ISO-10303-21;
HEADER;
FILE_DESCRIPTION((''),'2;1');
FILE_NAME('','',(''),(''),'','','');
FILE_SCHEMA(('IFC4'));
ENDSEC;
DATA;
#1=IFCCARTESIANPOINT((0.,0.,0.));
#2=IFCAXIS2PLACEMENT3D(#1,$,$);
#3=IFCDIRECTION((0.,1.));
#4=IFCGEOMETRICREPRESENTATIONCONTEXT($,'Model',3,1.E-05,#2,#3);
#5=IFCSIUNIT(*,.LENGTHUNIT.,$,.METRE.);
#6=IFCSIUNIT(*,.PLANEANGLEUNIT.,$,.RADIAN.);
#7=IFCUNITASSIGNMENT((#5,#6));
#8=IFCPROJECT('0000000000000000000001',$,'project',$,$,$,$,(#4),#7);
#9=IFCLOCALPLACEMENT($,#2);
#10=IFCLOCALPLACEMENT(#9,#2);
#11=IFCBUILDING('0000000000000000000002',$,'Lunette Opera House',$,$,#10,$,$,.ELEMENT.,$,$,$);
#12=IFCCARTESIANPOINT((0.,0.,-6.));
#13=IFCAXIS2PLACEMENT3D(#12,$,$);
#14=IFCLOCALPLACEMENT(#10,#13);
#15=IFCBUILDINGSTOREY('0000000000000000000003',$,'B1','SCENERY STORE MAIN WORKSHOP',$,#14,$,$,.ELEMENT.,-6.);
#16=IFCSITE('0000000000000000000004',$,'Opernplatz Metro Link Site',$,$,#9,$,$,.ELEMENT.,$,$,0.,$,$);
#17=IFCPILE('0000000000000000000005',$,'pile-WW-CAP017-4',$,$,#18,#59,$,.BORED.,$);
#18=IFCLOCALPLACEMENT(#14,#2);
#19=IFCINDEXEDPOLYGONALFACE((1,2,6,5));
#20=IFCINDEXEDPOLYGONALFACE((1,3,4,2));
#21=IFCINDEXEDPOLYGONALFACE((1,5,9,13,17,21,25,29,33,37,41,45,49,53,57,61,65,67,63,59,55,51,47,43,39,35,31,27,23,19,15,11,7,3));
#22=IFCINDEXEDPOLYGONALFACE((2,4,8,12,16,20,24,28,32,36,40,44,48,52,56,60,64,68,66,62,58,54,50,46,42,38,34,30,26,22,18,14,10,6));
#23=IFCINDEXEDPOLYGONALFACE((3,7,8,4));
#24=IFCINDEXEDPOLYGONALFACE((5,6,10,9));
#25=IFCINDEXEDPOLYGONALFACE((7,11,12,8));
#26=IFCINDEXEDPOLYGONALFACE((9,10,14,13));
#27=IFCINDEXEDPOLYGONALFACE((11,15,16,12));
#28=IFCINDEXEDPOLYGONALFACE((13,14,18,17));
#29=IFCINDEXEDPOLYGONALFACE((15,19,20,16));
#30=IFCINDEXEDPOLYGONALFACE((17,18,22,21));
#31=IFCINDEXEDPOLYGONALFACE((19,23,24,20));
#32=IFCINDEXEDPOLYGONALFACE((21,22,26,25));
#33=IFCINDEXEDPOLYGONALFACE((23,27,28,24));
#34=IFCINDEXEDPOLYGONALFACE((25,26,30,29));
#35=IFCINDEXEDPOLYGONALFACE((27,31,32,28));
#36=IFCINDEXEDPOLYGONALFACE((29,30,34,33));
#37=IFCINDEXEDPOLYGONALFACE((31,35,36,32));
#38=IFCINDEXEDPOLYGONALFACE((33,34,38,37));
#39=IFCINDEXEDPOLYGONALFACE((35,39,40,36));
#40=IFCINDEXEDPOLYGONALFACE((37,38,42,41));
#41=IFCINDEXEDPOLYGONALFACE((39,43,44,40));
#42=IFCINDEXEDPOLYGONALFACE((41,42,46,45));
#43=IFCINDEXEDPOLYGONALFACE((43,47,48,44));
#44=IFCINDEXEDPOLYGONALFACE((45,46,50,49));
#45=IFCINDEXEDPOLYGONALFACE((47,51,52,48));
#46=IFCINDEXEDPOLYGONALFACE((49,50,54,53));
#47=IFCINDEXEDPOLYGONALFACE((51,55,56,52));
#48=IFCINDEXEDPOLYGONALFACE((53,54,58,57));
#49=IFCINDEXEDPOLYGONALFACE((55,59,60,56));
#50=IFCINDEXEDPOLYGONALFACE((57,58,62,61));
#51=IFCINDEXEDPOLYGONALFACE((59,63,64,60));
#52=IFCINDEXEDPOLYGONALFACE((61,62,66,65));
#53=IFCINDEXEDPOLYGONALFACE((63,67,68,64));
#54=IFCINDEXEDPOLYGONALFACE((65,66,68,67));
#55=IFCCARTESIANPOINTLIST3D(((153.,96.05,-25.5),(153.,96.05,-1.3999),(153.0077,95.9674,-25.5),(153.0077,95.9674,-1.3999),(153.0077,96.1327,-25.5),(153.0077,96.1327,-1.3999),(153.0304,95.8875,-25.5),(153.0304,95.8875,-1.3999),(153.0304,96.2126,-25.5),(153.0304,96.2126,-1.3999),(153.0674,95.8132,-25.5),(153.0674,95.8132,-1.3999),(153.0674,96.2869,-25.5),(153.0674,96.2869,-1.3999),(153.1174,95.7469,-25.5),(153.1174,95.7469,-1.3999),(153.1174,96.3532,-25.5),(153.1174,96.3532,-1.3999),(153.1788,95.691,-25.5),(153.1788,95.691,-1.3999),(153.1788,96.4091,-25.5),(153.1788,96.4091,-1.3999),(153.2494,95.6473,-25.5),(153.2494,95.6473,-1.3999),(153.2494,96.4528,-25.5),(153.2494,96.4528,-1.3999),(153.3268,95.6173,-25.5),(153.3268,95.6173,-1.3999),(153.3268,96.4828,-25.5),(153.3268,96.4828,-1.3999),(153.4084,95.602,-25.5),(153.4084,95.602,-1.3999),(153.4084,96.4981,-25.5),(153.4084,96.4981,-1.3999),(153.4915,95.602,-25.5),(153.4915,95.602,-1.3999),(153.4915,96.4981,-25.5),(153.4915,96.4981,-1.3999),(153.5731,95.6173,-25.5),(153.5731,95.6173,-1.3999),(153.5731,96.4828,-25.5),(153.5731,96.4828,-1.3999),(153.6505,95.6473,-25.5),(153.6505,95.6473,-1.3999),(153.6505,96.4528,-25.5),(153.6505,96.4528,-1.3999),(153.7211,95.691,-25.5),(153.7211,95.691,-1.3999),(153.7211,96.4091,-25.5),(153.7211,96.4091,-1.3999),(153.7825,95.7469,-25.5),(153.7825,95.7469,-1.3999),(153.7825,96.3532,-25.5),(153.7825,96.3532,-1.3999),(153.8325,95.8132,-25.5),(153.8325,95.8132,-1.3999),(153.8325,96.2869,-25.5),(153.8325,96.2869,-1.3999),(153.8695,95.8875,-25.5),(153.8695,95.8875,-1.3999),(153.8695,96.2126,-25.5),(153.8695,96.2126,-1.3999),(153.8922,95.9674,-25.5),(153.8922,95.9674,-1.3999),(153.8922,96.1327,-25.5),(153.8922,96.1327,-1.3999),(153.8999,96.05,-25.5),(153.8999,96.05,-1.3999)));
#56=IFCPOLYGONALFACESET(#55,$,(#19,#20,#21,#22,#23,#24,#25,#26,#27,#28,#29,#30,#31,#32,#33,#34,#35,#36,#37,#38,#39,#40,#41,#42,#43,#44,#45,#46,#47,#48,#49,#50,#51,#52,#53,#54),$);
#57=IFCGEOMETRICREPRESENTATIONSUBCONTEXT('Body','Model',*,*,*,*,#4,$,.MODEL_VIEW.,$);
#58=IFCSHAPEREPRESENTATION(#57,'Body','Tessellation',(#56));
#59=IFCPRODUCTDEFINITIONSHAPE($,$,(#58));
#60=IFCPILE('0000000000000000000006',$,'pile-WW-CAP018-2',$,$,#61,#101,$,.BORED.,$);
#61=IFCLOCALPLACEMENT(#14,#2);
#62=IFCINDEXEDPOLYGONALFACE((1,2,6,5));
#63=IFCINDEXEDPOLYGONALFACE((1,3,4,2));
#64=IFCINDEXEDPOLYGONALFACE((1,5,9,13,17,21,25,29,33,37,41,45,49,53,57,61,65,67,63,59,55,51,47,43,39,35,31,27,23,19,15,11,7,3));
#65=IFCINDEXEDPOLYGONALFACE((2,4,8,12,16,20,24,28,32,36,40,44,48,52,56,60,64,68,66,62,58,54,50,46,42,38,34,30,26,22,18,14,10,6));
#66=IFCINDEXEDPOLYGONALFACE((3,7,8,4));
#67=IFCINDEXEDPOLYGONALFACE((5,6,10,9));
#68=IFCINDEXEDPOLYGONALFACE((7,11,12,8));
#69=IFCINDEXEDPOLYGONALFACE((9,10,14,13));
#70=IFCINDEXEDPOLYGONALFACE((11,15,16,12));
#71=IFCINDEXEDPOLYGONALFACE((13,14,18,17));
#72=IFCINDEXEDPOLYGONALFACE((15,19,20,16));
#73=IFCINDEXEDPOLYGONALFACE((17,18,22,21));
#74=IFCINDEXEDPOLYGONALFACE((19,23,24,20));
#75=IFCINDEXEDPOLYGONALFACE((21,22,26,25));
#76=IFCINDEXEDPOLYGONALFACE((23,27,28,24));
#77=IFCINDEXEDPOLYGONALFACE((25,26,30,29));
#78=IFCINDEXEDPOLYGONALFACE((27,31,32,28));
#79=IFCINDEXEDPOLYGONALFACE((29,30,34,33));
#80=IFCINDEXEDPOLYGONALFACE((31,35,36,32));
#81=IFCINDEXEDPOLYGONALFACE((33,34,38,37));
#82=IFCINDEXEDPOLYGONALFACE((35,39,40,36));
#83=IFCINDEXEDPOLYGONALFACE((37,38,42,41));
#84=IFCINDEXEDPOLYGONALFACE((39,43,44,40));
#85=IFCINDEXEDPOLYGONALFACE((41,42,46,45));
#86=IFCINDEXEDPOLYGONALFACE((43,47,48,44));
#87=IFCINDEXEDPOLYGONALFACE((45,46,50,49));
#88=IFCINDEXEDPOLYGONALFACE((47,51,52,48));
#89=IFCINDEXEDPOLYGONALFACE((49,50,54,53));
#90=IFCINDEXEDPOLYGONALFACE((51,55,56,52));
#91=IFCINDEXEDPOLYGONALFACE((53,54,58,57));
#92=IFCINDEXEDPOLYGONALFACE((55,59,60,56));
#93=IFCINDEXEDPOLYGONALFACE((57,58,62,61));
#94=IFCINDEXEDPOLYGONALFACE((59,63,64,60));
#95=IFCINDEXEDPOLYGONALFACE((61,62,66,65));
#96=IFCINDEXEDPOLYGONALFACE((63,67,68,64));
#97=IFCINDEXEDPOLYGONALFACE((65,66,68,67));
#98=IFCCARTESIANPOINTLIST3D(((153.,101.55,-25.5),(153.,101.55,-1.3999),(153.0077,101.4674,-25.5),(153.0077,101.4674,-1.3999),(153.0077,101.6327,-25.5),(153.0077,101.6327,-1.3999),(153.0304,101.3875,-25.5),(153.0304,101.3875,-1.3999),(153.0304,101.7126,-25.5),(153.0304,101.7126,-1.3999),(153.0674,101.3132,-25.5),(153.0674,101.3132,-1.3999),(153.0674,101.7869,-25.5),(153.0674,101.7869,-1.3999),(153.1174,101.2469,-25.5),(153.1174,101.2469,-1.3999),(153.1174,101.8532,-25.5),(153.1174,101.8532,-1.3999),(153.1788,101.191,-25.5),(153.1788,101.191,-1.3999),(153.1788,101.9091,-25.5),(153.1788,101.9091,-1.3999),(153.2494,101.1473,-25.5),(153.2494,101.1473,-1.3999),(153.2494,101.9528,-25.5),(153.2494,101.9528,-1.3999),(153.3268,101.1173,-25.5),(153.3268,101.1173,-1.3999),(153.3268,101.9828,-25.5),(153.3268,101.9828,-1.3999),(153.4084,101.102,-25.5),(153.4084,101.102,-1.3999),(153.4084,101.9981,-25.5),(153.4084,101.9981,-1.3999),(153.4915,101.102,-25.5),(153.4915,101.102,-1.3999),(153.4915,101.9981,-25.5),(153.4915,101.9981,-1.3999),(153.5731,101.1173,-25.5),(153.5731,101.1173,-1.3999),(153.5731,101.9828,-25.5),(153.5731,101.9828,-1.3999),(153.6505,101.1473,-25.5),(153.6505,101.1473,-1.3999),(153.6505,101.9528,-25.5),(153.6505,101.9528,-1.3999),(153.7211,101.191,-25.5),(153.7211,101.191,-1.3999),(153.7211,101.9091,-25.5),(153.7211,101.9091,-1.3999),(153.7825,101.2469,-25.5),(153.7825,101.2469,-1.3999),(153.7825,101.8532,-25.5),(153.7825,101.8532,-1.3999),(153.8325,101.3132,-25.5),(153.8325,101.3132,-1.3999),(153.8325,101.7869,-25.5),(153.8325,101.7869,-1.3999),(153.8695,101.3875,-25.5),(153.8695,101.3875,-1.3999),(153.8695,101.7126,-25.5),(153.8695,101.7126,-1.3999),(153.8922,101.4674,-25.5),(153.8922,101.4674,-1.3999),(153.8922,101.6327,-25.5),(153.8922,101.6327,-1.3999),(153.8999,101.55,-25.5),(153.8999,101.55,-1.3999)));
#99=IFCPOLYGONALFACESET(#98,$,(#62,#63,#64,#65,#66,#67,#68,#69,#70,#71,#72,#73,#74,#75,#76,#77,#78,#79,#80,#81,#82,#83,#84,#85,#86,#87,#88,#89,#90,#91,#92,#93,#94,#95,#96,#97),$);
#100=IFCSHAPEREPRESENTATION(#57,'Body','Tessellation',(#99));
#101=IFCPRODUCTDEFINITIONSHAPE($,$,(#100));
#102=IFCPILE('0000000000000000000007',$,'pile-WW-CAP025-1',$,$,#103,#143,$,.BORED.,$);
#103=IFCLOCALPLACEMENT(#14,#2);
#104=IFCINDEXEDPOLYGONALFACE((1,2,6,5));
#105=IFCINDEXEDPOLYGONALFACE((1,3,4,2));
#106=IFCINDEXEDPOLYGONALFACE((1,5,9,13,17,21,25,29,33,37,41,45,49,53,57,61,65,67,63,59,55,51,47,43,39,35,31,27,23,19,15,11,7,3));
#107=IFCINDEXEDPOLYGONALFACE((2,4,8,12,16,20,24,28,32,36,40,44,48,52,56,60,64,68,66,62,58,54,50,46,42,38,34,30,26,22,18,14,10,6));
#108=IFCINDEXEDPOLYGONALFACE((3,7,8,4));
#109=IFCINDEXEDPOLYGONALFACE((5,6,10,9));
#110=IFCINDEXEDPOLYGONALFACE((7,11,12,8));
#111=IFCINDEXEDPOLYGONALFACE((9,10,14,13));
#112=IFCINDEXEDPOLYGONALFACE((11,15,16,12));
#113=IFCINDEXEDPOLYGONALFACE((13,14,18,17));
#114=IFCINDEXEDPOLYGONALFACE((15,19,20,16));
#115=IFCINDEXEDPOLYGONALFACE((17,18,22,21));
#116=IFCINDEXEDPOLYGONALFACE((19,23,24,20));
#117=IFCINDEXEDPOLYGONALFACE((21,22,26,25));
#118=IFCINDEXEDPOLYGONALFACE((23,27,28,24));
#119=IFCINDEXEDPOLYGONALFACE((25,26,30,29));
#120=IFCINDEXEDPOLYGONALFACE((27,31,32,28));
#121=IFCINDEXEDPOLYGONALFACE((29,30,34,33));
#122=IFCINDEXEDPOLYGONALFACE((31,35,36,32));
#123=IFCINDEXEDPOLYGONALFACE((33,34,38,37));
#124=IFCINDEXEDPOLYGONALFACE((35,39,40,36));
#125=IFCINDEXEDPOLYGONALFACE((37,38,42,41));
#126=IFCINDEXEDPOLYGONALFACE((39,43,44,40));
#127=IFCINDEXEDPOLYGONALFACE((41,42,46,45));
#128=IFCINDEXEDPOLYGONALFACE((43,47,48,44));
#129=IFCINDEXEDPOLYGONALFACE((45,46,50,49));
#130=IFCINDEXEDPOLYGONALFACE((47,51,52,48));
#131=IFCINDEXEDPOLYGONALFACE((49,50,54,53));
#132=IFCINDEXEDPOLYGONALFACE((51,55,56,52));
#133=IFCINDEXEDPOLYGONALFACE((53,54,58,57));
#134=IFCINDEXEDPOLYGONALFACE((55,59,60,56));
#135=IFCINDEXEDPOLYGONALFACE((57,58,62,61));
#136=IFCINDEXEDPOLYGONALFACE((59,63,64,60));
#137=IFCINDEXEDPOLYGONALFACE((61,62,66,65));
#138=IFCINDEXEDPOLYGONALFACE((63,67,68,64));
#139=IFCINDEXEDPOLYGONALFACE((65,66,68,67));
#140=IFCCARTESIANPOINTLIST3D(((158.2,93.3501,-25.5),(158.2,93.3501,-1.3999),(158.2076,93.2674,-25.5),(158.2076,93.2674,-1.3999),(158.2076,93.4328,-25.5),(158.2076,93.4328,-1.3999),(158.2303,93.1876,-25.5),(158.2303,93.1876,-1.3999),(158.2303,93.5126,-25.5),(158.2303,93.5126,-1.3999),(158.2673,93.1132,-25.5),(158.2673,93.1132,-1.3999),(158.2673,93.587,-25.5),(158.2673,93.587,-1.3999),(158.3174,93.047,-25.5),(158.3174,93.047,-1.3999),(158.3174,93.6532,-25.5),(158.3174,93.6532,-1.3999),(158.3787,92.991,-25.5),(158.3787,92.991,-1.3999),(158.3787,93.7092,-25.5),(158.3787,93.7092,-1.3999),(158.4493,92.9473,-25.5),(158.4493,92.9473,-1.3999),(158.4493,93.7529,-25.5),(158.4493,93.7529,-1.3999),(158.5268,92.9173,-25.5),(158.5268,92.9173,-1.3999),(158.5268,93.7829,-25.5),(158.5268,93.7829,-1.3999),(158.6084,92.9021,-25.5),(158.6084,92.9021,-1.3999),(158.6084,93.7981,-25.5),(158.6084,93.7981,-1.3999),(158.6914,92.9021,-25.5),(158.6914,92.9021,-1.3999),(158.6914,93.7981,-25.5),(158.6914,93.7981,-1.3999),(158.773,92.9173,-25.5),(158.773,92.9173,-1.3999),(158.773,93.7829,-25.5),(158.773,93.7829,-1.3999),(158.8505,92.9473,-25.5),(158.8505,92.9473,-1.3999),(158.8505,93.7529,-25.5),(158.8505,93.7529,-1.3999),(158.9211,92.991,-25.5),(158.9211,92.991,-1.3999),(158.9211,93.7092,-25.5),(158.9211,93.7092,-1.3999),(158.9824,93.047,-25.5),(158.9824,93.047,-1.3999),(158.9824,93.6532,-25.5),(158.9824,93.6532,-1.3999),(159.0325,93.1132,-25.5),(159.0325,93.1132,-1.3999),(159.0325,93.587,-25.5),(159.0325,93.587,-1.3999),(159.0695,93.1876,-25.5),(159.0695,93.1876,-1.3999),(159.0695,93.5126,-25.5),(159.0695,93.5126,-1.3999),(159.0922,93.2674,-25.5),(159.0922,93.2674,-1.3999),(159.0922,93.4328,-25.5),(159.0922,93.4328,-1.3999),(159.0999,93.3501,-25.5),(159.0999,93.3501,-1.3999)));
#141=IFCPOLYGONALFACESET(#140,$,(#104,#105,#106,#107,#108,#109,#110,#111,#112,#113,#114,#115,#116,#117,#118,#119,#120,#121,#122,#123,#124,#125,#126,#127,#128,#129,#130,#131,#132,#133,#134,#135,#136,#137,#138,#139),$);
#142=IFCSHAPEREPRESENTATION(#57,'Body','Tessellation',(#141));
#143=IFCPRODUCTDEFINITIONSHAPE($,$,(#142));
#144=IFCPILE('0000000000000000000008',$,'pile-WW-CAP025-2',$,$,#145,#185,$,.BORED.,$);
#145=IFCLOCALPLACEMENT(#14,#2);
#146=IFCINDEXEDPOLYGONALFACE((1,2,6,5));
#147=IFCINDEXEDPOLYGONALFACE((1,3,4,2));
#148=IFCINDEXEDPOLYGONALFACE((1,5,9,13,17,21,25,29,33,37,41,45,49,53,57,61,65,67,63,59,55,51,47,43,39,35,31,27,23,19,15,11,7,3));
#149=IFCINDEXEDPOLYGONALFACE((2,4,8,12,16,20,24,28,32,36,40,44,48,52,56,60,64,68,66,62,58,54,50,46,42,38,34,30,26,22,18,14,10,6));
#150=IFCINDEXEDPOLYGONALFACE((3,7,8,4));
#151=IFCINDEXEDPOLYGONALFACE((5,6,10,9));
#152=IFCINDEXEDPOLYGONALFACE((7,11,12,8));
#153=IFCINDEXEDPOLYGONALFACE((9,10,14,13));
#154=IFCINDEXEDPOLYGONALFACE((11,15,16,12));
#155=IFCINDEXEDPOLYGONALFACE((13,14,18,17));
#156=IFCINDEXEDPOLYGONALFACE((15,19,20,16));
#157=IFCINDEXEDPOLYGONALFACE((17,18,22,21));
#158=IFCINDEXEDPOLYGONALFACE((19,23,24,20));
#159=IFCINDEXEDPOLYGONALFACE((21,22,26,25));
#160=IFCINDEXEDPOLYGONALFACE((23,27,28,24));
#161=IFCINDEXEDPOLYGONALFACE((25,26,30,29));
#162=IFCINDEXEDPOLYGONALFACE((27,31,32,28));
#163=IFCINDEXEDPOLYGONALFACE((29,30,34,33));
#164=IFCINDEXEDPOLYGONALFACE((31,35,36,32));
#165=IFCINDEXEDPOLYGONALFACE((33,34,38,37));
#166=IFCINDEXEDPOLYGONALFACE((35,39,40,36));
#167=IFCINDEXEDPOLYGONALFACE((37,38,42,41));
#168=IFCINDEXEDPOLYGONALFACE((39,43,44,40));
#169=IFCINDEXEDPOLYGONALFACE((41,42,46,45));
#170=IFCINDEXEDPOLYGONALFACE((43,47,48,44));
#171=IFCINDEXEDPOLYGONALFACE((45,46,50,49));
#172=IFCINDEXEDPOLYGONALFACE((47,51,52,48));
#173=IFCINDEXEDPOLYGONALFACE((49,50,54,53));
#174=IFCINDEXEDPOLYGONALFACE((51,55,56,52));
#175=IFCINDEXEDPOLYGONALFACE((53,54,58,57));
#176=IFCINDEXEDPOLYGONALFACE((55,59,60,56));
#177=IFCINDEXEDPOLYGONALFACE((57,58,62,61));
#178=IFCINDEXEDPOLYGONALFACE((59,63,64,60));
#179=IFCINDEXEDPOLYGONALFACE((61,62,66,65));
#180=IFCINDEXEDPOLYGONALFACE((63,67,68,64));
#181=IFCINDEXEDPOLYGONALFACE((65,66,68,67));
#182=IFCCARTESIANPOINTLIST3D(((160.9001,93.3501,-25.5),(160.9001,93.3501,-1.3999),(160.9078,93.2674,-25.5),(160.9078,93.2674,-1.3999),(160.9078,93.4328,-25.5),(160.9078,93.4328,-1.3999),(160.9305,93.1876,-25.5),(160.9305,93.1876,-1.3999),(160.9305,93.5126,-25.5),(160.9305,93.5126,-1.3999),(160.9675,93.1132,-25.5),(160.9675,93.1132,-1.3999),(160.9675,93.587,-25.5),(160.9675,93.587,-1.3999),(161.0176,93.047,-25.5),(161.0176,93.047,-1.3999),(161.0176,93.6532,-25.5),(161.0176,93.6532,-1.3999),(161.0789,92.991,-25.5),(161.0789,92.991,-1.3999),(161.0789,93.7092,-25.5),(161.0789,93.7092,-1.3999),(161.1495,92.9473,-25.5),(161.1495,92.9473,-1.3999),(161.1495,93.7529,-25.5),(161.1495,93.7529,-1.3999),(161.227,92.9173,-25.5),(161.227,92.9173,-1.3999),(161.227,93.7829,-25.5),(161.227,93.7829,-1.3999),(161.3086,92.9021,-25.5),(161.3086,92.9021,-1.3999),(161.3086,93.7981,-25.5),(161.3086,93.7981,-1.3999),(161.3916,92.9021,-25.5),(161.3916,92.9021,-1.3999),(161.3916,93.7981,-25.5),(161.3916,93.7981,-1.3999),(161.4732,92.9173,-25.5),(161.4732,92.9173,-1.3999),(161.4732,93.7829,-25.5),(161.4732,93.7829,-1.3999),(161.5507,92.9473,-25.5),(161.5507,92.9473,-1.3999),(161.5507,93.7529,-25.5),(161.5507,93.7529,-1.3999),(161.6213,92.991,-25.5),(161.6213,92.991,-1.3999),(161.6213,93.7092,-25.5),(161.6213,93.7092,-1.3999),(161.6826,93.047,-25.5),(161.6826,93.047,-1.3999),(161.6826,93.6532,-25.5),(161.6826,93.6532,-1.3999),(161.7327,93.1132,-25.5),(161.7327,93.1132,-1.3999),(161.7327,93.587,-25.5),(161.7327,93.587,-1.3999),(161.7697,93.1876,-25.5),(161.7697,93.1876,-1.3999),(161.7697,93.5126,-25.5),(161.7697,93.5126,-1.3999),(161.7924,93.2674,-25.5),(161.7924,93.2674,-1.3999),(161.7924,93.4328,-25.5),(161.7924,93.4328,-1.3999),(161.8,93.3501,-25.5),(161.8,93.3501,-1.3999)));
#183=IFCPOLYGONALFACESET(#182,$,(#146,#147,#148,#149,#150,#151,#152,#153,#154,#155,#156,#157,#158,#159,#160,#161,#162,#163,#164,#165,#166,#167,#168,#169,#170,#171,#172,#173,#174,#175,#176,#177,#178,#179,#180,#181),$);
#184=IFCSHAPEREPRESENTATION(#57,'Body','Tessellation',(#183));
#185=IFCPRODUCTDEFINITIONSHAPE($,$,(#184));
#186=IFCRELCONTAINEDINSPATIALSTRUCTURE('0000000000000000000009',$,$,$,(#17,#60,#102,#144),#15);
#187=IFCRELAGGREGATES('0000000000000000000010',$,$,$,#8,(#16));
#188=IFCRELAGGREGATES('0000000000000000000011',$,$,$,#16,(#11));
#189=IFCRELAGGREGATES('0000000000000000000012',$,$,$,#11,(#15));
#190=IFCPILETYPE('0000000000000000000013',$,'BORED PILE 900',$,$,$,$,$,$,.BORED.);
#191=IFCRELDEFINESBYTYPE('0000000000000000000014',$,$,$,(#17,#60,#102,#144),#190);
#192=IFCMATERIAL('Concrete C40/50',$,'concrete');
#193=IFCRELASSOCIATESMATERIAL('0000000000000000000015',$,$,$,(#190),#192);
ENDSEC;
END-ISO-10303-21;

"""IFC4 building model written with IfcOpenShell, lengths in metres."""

from ifc_helpers import new_model, si_unit, direction, frame, origin, origin_2d, place, context, subcontext, project, spatial, circle, extrude, material, material_profile, profile_set, type_object, element, save


model = new_model("IFC4")

# Units and contexts
model_context = context("Model", 3, precision=1e-05, world=origin(), true_north=direction((0.0, 1.0)))
body_context = subcontext(model_context, "Body", "Model", "MODEL_VIEW")
ifc_project = project(units=[si_unit("LENGTHUNIT", "METRE"), si_unit("PLANEANGLEUNIT", "RADIAN")], contexts=[model_context])

# Site, building, storey
site_placement = place(None, origin())
site = spatial("IfcSite", under=ifc_project, at=site_placement, Name="Opernplatz Metro Link Site", CompositionType="ELEMENT", RefElevation=0.0)
building_placement = place(site_placement, origin())
building = spatial("IfcBuilding", under=site, at=building_placement, Name="Lunette Opera House", CompositionType="ELEMENT")
storey_placement = place(building_placement, frame((0.0, 0.0, -6.0)))
storey = spatial("IfcBuildingStorey", under=building, at=storey_placement, Name="B1", Description="SCENERY STORE MAIN WORKSHOP", CompositionType="ELEMENT", Elevation=-6.0)

# Piles
ifc_material_1 = material(Name="Concrete C40/50", Category="concrete")
ifc_material_profile_1 = material_profile(ifc_material_1, circle(Radius=0.45, at=origin_2d()), Name="BORED PILE 900")
ifc_profile_set_1 = profile_set([ifc_material_profile_1], Name="Concrete C40/50")
pile_type = type_object("IfcPileType", Name="BORED PILE 900", PredefinedType="BORED", material=ifc_profile_set_1)
for number, where, z_axis, x_axis, name in (
    (1, (153.45, 96.05, -1.3999), (0.0, 0.0, -1.0), (1.0, 0.0, 0.0), "pile-WW-CAP017-4"),
    (2, (153.45, 101.55, -1.3999), (0.0, 0.0, -1.0), (1.0, 0.0, 0.0), "pile-WW-CAP018-2"),
    (3, (158.6499, 93.3501, -1.3999), (0.0, 0.0, -1.0), (1.0, 0.0, 0.0), "pile-WW-CAP025-1"),
    (4, (161.3501, 93.3501, -1.3999), (0.0, 0.0, -1.0), (1.0, 0.0, 0.0), "pile-WW-CAP025-2"),
):
    element("IfcPile", number, at=place(storey_placement, frame(where, z_axis=z_axis, x_axis=x_axis)), inside=storey, type_object=pile_type, Name=name, PredefinedType="BORED", context=body_context, shape_type="SweptSolid", body=[
        extrude(circle(Radius=0.45, at=origin_2d()), origin(), (0.0, 0.0, 1.0), 24.1001),
    ])

save(model, "model.ifc")
